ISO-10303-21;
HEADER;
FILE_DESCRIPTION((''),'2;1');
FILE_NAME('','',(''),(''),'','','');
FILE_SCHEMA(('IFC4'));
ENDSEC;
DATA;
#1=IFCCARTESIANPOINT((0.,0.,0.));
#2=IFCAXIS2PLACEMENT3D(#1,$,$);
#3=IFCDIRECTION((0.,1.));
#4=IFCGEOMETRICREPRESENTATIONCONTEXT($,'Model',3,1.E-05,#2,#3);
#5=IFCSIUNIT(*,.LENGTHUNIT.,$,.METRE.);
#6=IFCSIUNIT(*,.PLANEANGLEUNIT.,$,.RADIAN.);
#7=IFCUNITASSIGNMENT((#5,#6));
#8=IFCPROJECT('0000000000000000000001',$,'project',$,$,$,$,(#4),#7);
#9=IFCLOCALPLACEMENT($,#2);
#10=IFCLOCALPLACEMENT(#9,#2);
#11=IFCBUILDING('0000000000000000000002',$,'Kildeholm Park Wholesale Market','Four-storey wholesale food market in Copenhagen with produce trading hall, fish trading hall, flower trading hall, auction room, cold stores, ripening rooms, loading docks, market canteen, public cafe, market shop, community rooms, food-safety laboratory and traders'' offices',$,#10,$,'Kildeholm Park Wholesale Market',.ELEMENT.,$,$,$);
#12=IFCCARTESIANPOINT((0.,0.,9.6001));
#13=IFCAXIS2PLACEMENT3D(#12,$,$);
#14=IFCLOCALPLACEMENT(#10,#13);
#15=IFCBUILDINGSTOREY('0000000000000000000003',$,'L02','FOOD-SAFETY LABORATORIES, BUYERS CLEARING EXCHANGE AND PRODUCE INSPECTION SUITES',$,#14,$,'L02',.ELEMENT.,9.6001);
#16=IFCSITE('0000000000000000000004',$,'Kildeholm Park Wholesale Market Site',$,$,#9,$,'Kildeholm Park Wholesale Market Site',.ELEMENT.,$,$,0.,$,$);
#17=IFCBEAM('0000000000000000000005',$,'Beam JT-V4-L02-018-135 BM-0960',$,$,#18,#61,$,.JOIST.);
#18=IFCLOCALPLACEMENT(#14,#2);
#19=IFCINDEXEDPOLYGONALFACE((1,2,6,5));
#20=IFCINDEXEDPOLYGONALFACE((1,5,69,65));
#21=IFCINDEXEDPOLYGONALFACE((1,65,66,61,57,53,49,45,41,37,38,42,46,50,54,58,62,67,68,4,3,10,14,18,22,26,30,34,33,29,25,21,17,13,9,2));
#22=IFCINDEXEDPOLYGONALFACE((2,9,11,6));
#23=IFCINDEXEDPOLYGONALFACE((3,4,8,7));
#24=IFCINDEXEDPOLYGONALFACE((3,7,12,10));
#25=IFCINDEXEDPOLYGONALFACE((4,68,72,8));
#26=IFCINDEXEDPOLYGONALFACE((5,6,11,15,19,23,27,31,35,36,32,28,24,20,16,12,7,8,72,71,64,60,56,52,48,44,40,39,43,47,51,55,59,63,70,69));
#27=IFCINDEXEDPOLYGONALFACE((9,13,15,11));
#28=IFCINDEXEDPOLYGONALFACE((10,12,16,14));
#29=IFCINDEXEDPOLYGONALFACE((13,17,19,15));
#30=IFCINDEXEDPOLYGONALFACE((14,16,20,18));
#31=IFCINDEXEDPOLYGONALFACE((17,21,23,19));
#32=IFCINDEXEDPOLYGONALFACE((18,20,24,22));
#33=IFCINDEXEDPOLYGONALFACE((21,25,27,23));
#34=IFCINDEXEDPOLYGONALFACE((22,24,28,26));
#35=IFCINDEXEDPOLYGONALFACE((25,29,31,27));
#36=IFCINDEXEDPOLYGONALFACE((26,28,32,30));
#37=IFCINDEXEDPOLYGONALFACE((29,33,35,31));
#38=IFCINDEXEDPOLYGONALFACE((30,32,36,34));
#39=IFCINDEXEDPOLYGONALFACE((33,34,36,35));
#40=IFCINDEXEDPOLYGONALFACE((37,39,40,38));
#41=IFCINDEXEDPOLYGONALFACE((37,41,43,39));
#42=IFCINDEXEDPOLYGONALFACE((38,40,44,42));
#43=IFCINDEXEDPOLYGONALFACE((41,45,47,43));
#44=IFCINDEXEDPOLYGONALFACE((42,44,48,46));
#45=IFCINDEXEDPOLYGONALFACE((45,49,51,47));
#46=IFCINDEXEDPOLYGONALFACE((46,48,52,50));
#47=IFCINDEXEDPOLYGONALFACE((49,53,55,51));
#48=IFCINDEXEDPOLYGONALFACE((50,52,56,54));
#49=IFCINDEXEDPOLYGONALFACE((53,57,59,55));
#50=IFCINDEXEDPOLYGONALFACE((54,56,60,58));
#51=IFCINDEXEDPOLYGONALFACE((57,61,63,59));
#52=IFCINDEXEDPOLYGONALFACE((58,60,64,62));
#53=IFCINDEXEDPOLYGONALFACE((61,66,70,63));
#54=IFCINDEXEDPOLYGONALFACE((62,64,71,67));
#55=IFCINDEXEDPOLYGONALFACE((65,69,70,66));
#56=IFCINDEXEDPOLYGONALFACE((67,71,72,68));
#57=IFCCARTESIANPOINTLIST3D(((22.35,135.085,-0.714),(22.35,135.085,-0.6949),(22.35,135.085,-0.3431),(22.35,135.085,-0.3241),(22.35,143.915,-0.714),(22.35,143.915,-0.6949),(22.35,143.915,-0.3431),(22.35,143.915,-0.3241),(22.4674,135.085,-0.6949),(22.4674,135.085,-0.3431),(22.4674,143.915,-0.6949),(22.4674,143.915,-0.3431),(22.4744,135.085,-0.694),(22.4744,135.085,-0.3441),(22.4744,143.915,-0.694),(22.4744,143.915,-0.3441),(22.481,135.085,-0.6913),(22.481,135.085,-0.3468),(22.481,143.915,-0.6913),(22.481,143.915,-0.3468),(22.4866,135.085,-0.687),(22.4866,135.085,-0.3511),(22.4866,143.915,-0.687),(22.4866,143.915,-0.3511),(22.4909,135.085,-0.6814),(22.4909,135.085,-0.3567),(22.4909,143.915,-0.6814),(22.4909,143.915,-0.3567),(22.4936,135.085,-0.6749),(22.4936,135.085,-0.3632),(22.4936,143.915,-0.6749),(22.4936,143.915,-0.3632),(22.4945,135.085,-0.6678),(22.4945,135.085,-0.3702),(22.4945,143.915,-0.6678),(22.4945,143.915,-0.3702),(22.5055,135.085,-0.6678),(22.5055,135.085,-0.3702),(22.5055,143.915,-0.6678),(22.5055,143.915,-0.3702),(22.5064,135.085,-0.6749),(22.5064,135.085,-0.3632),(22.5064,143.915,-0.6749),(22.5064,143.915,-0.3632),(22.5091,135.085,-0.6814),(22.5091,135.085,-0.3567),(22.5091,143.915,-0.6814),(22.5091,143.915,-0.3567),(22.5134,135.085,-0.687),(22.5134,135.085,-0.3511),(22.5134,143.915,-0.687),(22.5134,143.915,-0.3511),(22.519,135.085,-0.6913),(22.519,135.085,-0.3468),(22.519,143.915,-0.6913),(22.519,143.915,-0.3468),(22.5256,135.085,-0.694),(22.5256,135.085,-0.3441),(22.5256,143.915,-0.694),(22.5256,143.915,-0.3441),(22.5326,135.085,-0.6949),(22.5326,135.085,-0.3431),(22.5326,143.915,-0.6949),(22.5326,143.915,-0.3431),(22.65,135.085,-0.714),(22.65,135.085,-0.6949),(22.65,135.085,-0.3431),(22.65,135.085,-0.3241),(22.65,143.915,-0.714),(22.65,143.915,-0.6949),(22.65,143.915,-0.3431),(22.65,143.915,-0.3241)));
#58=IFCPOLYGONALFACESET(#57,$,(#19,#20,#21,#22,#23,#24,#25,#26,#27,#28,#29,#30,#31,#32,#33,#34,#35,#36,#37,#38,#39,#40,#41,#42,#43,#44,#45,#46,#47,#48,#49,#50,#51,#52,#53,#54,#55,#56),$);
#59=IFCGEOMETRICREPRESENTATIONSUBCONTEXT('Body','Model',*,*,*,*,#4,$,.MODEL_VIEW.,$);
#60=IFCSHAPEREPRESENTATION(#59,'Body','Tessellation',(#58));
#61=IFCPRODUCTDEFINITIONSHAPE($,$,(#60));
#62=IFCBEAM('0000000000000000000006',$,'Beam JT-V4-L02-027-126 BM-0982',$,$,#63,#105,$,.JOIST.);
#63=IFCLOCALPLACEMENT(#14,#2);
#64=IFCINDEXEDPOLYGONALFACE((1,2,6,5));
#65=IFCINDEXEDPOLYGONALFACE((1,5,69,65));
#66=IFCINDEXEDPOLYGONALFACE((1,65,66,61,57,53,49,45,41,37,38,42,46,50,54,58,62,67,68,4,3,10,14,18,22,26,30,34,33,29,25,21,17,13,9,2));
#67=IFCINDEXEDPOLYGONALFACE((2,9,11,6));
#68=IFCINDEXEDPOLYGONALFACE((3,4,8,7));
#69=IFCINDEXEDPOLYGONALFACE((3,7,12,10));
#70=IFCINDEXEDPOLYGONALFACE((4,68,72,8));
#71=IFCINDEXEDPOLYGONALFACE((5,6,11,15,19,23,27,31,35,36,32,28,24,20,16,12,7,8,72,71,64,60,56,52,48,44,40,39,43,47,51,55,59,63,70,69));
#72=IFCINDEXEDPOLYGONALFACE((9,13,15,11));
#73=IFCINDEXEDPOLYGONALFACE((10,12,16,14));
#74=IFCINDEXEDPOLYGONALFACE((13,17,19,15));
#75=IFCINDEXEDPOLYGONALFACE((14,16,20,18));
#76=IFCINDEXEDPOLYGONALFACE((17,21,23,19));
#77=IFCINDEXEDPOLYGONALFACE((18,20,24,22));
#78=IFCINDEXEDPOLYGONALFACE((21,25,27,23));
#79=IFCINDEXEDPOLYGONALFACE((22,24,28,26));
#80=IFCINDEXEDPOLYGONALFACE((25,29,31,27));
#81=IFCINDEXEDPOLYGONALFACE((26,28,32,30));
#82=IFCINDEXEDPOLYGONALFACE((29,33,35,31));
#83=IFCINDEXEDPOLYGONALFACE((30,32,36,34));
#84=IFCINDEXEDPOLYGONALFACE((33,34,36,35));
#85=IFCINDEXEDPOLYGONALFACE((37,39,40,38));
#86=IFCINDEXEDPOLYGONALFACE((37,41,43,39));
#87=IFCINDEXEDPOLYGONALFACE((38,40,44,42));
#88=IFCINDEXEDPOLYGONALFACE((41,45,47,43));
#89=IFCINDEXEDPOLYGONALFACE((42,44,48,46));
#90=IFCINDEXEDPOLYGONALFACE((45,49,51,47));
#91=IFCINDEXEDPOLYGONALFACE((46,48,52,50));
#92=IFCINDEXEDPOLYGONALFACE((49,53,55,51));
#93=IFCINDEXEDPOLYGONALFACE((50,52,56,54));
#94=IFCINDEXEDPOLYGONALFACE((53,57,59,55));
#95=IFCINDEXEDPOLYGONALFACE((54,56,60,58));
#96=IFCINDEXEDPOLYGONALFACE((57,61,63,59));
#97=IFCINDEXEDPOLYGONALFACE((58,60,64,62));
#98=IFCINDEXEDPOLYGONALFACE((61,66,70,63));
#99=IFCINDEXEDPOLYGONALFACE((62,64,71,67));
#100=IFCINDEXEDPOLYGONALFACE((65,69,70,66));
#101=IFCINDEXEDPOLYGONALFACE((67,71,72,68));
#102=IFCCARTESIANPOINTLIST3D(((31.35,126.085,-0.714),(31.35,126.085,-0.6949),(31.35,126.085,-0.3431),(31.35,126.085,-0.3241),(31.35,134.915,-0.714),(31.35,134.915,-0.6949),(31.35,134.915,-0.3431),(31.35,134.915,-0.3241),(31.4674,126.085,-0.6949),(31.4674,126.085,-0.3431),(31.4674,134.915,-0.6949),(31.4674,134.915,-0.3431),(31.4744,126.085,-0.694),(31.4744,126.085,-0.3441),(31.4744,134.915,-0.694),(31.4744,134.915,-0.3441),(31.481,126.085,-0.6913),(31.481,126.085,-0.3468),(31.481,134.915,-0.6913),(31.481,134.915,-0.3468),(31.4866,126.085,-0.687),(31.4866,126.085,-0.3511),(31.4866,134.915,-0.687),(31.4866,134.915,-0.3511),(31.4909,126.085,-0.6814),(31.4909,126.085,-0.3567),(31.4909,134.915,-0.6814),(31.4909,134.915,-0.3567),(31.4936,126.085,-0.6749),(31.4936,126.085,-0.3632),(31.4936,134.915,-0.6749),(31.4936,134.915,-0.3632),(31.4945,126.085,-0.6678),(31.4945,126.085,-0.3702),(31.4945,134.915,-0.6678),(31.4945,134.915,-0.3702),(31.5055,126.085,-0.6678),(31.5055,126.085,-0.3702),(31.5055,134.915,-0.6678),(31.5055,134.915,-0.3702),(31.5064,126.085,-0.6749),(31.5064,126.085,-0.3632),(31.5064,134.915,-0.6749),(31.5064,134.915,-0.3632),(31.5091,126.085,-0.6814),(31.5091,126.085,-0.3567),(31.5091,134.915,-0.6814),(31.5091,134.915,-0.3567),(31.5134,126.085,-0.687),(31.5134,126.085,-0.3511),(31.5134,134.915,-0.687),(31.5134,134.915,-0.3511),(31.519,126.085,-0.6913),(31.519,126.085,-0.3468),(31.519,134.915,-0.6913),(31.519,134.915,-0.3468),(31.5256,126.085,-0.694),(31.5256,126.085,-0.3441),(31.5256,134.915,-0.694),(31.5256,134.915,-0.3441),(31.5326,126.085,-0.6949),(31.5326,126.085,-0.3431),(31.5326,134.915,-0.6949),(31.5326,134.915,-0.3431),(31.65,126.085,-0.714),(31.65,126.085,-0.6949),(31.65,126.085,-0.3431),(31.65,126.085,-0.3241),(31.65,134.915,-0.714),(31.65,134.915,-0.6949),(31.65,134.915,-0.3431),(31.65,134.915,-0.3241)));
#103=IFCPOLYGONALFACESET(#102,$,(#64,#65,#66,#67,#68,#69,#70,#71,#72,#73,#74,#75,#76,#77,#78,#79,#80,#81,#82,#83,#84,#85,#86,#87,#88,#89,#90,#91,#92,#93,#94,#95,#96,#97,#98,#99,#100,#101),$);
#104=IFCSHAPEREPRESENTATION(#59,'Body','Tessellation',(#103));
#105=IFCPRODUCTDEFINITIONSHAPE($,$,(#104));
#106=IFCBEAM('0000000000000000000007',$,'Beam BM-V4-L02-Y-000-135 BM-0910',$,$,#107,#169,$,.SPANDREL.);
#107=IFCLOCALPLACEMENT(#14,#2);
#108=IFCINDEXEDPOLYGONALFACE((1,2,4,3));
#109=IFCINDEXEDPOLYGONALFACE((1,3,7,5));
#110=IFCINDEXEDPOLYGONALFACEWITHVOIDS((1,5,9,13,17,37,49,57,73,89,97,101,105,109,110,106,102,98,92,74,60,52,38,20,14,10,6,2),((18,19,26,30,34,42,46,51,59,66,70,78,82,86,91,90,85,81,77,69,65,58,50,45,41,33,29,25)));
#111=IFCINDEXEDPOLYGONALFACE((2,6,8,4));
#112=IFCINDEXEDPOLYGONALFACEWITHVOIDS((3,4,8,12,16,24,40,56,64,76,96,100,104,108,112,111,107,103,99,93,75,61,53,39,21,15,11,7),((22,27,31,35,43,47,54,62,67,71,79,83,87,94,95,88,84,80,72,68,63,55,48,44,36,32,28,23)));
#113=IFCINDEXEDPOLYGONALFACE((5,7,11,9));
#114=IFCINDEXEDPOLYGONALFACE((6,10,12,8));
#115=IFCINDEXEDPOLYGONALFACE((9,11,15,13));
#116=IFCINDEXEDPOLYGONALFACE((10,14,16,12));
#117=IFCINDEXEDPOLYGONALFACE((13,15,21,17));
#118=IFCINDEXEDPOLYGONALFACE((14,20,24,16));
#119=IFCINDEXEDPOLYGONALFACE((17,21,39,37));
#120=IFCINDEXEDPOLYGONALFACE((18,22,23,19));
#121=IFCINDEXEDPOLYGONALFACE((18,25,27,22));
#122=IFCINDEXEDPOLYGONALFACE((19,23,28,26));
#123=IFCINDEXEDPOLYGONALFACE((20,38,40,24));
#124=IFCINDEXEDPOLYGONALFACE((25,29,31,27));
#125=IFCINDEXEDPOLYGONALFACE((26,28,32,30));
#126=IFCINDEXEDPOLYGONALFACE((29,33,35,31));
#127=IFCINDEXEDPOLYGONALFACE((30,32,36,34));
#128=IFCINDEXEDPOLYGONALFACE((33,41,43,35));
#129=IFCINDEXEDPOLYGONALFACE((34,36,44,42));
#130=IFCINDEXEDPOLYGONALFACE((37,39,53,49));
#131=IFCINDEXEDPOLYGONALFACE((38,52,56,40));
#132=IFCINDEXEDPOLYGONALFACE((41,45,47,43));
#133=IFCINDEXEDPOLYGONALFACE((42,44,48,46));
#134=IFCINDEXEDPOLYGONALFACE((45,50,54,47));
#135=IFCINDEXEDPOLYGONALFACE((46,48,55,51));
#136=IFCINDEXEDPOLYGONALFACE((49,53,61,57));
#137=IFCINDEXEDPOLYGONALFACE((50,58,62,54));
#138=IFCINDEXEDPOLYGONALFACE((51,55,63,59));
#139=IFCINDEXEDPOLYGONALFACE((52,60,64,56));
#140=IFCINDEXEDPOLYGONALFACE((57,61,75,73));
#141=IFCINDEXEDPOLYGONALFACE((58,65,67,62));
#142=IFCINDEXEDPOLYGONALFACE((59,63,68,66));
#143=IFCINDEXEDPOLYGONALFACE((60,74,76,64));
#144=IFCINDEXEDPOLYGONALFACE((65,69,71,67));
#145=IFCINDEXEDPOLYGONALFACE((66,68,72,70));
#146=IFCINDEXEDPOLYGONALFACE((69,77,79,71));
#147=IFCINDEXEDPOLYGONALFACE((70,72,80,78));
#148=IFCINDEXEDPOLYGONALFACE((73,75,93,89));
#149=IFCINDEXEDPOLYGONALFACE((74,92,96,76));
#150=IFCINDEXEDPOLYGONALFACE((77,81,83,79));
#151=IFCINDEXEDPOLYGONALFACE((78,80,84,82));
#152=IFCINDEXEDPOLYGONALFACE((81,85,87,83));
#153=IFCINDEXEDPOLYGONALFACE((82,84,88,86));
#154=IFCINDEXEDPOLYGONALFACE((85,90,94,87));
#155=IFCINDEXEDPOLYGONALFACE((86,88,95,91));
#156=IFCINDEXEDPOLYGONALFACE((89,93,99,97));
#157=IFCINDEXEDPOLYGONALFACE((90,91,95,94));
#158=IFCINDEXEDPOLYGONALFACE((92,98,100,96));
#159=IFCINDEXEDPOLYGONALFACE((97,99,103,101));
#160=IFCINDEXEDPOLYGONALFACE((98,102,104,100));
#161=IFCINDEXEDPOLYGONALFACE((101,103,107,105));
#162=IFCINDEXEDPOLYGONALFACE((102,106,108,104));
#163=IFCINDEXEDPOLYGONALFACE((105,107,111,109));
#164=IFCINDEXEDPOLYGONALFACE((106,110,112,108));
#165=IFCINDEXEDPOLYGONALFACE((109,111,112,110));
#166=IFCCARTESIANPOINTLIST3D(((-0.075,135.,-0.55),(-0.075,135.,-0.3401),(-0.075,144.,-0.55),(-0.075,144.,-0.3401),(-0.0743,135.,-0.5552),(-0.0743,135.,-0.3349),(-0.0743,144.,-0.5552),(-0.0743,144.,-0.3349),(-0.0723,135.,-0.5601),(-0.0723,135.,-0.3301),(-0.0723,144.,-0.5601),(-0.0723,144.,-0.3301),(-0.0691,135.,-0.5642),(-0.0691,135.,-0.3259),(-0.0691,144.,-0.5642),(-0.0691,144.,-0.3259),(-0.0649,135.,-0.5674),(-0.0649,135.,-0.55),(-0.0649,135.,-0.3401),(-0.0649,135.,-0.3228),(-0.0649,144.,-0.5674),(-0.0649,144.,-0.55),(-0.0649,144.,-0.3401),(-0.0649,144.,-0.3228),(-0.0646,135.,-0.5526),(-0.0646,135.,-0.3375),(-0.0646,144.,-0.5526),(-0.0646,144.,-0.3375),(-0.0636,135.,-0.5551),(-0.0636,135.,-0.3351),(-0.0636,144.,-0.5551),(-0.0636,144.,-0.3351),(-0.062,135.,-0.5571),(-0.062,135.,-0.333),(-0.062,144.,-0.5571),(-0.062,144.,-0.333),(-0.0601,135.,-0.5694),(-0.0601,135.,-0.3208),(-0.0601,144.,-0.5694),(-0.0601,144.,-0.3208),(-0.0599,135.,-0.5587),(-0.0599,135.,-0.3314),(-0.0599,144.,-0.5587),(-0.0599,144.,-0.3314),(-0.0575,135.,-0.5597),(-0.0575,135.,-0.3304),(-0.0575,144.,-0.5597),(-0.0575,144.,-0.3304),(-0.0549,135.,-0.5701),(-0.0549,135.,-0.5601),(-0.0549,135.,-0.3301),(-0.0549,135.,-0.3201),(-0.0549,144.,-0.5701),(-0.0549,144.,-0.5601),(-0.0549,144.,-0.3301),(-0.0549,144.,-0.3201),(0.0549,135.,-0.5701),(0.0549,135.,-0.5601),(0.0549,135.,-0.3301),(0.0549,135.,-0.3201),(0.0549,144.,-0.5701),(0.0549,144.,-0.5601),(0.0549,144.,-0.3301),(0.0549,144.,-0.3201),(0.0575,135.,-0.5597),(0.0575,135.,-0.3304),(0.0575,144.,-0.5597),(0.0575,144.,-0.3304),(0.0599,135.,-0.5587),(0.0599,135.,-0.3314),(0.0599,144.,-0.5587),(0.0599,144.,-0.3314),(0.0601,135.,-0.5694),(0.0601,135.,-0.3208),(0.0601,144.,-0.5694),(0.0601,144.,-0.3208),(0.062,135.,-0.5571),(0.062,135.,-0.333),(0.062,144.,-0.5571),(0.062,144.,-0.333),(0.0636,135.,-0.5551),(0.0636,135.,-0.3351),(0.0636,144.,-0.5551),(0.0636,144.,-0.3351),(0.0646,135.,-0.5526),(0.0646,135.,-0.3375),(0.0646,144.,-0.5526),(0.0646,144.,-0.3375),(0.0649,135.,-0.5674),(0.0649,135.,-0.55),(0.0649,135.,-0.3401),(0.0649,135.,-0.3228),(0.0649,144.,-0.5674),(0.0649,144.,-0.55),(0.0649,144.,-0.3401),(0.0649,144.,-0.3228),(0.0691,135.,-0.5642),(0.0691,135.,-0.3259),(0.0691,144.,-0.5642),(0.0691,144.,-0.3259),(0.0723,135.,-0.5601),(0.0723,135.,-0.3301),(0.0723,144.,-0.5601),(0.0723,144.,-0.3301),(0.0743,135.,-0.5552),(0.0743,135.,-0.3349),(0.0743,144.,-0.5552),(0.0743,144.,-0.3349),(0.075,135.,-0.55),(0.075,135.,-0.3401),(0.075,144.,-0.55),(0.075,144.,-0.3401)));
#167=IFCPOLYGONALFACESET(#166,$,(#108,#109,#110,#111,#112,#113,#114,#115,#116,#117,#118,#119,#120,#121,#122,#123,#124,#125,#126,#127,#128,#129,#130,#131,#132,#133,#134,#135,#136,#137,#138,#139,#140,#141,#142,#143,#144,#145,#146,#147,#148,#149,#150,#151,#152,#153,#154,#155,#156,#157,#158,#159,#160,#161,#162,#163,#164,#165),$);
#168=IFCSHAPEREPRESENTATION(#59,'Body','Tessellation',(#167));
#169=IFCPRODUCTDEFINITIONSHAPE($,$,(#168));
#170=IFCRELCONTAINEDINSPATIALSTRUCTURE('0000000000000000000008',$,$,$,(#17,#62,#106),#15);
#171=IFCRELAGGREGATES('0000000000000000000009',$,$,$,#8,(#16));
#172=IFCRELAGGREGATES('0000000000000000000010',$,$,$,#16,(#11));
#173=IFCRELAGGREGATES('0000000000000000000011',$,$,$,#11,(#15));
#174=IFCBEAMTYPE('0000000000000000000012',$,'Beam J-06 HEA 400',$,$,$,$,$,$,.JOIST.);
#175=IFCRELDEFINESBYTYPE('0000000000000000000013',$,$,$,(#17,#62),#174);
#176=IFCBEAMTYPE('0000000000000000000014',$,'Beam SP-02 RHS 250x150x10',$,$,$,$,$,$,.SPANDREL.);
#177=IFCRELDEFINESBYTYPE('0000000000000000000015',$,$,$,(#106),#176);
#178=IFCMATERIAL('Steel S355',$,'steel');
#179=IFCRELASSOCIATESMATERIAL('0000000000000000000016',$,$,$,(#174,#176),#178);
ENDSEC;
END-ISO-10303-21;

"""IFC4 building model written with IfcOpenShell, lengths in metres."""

from ifc_helpers import new_model, si_unit, direction, frame, origin, origin_2d, place, context, subcontext, project, spatial, hollow_rectangle, i_section, extrude, material, material_profile, profile_set, type_object, element, save


model = new_model("IFC4")

# Units and contexts
model_context = context("Model", 3, precision=1e-05, world=origin(), true_north=direction((0.0, 1.0)))
body_context = subcontext(model_context, "Body", "Model", "MODEL_VIEW")
ifc_project = project(units=[si_unit("LENGTHUNIT", "METRE"), si_unit("PLANEANGLEUNIT", "RADIAN")], contexts=[model_context])

# Site, building, storey
site_placement = place(None, origin())
site = spatial("IfcSite", under=ifc_project, at=site_placement, Name="Kildeholm Park Wholesale Market Site", LongName="Kildeholm Park Wholesale Market Site", CompositionType="ELEMENT", RefElevation=0.0)
building_placement = place(site_placement, origin())
building = spatial("IfcBuilding", under=site, at=building_placement, Name="Kildeholm Park Wholesale Market", Description="Four-storey wholesale food market in Copenhagen with produce trading hall, fish trading hall, flower trading hall, auction room, cold stores, ripening rooms, loading docks, market canteen, public cafe, market shop, community rooms, food-safety laboratory and traders' offices", LongName="Kildeholm Park Wholesale Market", CompositionType="ELEMENT")
storey_placement = place(building_placement, frame((0.0, 0.0, 9.6001)))
storey = spatial("IfcBuildingStorey", under=building, at=storey_placement, Name="L02", Description="FOOD-SAFETY LABORATORIES, BUYERS CLEARING EXCHANGE AND PRODUCE INSPECTION SUITES", LongName="L02", CompositionType="ELEMENT", Elevation=9.6001)

# Beams
ifc_material_1 = material(Name="Steel S355", Category="steel")
ifc_material_profile_1 = material_profile(ifc_material_1, i_section(OverallWidth=0.3, OverallDepth=0.3899, WebThickness=0.011, FlangeThickness=0.019, FilletRadius=0.0271, at=origin_2d()), Name="HEA 400")
ifc_profile_set_1 = profile_set([ifc_material_profile_1], Name="Steel S355")
beam_type_1 = type_object("IfcBeamType", Name="Beam J-06 HEA 400", PredefinedType="JOIST", material=ifc_profile_set_1)
for number, where, z_axis, x_axis, name in (
    (1, (22.5, 135.085, -0.519), (0.0, 1.0, 0.0), (-1.0, 0.0, 0.0), "Beam JT-V4-L02-018-135 BM-0960"),
    (2, (31.5, 126.085, -0.519), (0.0, 1.0, 0.0), (-1.0, 0.0, 0.0), "Beam JT-V4-L02-027-126 BM-0982"),
):
    element("IfcBeam", number, at=place(storey_placement, frame(where, z_axis=z_axis, x_axis=x_axis)), inside=storey, type_object=beam_type_1, Name=name, PredefinedType="JOIST", context=body_context, shape_type="SweptSolid", body=[
        extrude(i_section(OverallWidth=0.3, OverallDepth=0.3899, WebThickness=0.011, FlangeThickness=0.019, FilletRadius=0.0271, at=origin_2d()), origin(), (0.0, 0.0, 1.0), 8.8301),
    ])
ifc_material_profile_2 = material_profile(ifc_material_1, hollow_rectangle(XDim=0.1499, YDim=0.25, WallThickness=0.01, InnerFilletRadius=0.01, OuterFilletRadius=0.02, at=origin_2d()), Name="RHS 250x150x10")
ifc_profile_set_2 = profile_set([ifc_material_profile_2], Name="Steel S355")
beam_type_2 = type_object("IfcBeamType", Name="Beam SP-02 RHS 250x150x10", PredefinedType="SPANDREL", material=ifc_profile_set_2)
for number, where, z_axis, x_axis, name in (
    (3, (0.0, 135.0, -0.4451), (0.0, 1.0, 0.0), (-1.0, 0.0, 0.0), "Beam BM-V4-L02-Y-000-135 BM-0910"),
):
    element("IfcBeam", number, at=place(storey_placement, frame(where, z_axis=z_axis, x_axis=x_axis)), inside=storey, type_object=beam_type_2, Name=name, PredefinedType="SPANDREL", context=body_context, shape_type="SweptSolid", body=[
        extrude(hollow_rectangle(XDim=0.1499, YDim=0.25, WallThickness=0.01, InnerFilletRadius=0.01, OuterFilletRadius=0.02, at=origin_2d()), origin(), (0.0, 0.0, 1.0), 9.0),
    ])

save(model, "model.ifc")
